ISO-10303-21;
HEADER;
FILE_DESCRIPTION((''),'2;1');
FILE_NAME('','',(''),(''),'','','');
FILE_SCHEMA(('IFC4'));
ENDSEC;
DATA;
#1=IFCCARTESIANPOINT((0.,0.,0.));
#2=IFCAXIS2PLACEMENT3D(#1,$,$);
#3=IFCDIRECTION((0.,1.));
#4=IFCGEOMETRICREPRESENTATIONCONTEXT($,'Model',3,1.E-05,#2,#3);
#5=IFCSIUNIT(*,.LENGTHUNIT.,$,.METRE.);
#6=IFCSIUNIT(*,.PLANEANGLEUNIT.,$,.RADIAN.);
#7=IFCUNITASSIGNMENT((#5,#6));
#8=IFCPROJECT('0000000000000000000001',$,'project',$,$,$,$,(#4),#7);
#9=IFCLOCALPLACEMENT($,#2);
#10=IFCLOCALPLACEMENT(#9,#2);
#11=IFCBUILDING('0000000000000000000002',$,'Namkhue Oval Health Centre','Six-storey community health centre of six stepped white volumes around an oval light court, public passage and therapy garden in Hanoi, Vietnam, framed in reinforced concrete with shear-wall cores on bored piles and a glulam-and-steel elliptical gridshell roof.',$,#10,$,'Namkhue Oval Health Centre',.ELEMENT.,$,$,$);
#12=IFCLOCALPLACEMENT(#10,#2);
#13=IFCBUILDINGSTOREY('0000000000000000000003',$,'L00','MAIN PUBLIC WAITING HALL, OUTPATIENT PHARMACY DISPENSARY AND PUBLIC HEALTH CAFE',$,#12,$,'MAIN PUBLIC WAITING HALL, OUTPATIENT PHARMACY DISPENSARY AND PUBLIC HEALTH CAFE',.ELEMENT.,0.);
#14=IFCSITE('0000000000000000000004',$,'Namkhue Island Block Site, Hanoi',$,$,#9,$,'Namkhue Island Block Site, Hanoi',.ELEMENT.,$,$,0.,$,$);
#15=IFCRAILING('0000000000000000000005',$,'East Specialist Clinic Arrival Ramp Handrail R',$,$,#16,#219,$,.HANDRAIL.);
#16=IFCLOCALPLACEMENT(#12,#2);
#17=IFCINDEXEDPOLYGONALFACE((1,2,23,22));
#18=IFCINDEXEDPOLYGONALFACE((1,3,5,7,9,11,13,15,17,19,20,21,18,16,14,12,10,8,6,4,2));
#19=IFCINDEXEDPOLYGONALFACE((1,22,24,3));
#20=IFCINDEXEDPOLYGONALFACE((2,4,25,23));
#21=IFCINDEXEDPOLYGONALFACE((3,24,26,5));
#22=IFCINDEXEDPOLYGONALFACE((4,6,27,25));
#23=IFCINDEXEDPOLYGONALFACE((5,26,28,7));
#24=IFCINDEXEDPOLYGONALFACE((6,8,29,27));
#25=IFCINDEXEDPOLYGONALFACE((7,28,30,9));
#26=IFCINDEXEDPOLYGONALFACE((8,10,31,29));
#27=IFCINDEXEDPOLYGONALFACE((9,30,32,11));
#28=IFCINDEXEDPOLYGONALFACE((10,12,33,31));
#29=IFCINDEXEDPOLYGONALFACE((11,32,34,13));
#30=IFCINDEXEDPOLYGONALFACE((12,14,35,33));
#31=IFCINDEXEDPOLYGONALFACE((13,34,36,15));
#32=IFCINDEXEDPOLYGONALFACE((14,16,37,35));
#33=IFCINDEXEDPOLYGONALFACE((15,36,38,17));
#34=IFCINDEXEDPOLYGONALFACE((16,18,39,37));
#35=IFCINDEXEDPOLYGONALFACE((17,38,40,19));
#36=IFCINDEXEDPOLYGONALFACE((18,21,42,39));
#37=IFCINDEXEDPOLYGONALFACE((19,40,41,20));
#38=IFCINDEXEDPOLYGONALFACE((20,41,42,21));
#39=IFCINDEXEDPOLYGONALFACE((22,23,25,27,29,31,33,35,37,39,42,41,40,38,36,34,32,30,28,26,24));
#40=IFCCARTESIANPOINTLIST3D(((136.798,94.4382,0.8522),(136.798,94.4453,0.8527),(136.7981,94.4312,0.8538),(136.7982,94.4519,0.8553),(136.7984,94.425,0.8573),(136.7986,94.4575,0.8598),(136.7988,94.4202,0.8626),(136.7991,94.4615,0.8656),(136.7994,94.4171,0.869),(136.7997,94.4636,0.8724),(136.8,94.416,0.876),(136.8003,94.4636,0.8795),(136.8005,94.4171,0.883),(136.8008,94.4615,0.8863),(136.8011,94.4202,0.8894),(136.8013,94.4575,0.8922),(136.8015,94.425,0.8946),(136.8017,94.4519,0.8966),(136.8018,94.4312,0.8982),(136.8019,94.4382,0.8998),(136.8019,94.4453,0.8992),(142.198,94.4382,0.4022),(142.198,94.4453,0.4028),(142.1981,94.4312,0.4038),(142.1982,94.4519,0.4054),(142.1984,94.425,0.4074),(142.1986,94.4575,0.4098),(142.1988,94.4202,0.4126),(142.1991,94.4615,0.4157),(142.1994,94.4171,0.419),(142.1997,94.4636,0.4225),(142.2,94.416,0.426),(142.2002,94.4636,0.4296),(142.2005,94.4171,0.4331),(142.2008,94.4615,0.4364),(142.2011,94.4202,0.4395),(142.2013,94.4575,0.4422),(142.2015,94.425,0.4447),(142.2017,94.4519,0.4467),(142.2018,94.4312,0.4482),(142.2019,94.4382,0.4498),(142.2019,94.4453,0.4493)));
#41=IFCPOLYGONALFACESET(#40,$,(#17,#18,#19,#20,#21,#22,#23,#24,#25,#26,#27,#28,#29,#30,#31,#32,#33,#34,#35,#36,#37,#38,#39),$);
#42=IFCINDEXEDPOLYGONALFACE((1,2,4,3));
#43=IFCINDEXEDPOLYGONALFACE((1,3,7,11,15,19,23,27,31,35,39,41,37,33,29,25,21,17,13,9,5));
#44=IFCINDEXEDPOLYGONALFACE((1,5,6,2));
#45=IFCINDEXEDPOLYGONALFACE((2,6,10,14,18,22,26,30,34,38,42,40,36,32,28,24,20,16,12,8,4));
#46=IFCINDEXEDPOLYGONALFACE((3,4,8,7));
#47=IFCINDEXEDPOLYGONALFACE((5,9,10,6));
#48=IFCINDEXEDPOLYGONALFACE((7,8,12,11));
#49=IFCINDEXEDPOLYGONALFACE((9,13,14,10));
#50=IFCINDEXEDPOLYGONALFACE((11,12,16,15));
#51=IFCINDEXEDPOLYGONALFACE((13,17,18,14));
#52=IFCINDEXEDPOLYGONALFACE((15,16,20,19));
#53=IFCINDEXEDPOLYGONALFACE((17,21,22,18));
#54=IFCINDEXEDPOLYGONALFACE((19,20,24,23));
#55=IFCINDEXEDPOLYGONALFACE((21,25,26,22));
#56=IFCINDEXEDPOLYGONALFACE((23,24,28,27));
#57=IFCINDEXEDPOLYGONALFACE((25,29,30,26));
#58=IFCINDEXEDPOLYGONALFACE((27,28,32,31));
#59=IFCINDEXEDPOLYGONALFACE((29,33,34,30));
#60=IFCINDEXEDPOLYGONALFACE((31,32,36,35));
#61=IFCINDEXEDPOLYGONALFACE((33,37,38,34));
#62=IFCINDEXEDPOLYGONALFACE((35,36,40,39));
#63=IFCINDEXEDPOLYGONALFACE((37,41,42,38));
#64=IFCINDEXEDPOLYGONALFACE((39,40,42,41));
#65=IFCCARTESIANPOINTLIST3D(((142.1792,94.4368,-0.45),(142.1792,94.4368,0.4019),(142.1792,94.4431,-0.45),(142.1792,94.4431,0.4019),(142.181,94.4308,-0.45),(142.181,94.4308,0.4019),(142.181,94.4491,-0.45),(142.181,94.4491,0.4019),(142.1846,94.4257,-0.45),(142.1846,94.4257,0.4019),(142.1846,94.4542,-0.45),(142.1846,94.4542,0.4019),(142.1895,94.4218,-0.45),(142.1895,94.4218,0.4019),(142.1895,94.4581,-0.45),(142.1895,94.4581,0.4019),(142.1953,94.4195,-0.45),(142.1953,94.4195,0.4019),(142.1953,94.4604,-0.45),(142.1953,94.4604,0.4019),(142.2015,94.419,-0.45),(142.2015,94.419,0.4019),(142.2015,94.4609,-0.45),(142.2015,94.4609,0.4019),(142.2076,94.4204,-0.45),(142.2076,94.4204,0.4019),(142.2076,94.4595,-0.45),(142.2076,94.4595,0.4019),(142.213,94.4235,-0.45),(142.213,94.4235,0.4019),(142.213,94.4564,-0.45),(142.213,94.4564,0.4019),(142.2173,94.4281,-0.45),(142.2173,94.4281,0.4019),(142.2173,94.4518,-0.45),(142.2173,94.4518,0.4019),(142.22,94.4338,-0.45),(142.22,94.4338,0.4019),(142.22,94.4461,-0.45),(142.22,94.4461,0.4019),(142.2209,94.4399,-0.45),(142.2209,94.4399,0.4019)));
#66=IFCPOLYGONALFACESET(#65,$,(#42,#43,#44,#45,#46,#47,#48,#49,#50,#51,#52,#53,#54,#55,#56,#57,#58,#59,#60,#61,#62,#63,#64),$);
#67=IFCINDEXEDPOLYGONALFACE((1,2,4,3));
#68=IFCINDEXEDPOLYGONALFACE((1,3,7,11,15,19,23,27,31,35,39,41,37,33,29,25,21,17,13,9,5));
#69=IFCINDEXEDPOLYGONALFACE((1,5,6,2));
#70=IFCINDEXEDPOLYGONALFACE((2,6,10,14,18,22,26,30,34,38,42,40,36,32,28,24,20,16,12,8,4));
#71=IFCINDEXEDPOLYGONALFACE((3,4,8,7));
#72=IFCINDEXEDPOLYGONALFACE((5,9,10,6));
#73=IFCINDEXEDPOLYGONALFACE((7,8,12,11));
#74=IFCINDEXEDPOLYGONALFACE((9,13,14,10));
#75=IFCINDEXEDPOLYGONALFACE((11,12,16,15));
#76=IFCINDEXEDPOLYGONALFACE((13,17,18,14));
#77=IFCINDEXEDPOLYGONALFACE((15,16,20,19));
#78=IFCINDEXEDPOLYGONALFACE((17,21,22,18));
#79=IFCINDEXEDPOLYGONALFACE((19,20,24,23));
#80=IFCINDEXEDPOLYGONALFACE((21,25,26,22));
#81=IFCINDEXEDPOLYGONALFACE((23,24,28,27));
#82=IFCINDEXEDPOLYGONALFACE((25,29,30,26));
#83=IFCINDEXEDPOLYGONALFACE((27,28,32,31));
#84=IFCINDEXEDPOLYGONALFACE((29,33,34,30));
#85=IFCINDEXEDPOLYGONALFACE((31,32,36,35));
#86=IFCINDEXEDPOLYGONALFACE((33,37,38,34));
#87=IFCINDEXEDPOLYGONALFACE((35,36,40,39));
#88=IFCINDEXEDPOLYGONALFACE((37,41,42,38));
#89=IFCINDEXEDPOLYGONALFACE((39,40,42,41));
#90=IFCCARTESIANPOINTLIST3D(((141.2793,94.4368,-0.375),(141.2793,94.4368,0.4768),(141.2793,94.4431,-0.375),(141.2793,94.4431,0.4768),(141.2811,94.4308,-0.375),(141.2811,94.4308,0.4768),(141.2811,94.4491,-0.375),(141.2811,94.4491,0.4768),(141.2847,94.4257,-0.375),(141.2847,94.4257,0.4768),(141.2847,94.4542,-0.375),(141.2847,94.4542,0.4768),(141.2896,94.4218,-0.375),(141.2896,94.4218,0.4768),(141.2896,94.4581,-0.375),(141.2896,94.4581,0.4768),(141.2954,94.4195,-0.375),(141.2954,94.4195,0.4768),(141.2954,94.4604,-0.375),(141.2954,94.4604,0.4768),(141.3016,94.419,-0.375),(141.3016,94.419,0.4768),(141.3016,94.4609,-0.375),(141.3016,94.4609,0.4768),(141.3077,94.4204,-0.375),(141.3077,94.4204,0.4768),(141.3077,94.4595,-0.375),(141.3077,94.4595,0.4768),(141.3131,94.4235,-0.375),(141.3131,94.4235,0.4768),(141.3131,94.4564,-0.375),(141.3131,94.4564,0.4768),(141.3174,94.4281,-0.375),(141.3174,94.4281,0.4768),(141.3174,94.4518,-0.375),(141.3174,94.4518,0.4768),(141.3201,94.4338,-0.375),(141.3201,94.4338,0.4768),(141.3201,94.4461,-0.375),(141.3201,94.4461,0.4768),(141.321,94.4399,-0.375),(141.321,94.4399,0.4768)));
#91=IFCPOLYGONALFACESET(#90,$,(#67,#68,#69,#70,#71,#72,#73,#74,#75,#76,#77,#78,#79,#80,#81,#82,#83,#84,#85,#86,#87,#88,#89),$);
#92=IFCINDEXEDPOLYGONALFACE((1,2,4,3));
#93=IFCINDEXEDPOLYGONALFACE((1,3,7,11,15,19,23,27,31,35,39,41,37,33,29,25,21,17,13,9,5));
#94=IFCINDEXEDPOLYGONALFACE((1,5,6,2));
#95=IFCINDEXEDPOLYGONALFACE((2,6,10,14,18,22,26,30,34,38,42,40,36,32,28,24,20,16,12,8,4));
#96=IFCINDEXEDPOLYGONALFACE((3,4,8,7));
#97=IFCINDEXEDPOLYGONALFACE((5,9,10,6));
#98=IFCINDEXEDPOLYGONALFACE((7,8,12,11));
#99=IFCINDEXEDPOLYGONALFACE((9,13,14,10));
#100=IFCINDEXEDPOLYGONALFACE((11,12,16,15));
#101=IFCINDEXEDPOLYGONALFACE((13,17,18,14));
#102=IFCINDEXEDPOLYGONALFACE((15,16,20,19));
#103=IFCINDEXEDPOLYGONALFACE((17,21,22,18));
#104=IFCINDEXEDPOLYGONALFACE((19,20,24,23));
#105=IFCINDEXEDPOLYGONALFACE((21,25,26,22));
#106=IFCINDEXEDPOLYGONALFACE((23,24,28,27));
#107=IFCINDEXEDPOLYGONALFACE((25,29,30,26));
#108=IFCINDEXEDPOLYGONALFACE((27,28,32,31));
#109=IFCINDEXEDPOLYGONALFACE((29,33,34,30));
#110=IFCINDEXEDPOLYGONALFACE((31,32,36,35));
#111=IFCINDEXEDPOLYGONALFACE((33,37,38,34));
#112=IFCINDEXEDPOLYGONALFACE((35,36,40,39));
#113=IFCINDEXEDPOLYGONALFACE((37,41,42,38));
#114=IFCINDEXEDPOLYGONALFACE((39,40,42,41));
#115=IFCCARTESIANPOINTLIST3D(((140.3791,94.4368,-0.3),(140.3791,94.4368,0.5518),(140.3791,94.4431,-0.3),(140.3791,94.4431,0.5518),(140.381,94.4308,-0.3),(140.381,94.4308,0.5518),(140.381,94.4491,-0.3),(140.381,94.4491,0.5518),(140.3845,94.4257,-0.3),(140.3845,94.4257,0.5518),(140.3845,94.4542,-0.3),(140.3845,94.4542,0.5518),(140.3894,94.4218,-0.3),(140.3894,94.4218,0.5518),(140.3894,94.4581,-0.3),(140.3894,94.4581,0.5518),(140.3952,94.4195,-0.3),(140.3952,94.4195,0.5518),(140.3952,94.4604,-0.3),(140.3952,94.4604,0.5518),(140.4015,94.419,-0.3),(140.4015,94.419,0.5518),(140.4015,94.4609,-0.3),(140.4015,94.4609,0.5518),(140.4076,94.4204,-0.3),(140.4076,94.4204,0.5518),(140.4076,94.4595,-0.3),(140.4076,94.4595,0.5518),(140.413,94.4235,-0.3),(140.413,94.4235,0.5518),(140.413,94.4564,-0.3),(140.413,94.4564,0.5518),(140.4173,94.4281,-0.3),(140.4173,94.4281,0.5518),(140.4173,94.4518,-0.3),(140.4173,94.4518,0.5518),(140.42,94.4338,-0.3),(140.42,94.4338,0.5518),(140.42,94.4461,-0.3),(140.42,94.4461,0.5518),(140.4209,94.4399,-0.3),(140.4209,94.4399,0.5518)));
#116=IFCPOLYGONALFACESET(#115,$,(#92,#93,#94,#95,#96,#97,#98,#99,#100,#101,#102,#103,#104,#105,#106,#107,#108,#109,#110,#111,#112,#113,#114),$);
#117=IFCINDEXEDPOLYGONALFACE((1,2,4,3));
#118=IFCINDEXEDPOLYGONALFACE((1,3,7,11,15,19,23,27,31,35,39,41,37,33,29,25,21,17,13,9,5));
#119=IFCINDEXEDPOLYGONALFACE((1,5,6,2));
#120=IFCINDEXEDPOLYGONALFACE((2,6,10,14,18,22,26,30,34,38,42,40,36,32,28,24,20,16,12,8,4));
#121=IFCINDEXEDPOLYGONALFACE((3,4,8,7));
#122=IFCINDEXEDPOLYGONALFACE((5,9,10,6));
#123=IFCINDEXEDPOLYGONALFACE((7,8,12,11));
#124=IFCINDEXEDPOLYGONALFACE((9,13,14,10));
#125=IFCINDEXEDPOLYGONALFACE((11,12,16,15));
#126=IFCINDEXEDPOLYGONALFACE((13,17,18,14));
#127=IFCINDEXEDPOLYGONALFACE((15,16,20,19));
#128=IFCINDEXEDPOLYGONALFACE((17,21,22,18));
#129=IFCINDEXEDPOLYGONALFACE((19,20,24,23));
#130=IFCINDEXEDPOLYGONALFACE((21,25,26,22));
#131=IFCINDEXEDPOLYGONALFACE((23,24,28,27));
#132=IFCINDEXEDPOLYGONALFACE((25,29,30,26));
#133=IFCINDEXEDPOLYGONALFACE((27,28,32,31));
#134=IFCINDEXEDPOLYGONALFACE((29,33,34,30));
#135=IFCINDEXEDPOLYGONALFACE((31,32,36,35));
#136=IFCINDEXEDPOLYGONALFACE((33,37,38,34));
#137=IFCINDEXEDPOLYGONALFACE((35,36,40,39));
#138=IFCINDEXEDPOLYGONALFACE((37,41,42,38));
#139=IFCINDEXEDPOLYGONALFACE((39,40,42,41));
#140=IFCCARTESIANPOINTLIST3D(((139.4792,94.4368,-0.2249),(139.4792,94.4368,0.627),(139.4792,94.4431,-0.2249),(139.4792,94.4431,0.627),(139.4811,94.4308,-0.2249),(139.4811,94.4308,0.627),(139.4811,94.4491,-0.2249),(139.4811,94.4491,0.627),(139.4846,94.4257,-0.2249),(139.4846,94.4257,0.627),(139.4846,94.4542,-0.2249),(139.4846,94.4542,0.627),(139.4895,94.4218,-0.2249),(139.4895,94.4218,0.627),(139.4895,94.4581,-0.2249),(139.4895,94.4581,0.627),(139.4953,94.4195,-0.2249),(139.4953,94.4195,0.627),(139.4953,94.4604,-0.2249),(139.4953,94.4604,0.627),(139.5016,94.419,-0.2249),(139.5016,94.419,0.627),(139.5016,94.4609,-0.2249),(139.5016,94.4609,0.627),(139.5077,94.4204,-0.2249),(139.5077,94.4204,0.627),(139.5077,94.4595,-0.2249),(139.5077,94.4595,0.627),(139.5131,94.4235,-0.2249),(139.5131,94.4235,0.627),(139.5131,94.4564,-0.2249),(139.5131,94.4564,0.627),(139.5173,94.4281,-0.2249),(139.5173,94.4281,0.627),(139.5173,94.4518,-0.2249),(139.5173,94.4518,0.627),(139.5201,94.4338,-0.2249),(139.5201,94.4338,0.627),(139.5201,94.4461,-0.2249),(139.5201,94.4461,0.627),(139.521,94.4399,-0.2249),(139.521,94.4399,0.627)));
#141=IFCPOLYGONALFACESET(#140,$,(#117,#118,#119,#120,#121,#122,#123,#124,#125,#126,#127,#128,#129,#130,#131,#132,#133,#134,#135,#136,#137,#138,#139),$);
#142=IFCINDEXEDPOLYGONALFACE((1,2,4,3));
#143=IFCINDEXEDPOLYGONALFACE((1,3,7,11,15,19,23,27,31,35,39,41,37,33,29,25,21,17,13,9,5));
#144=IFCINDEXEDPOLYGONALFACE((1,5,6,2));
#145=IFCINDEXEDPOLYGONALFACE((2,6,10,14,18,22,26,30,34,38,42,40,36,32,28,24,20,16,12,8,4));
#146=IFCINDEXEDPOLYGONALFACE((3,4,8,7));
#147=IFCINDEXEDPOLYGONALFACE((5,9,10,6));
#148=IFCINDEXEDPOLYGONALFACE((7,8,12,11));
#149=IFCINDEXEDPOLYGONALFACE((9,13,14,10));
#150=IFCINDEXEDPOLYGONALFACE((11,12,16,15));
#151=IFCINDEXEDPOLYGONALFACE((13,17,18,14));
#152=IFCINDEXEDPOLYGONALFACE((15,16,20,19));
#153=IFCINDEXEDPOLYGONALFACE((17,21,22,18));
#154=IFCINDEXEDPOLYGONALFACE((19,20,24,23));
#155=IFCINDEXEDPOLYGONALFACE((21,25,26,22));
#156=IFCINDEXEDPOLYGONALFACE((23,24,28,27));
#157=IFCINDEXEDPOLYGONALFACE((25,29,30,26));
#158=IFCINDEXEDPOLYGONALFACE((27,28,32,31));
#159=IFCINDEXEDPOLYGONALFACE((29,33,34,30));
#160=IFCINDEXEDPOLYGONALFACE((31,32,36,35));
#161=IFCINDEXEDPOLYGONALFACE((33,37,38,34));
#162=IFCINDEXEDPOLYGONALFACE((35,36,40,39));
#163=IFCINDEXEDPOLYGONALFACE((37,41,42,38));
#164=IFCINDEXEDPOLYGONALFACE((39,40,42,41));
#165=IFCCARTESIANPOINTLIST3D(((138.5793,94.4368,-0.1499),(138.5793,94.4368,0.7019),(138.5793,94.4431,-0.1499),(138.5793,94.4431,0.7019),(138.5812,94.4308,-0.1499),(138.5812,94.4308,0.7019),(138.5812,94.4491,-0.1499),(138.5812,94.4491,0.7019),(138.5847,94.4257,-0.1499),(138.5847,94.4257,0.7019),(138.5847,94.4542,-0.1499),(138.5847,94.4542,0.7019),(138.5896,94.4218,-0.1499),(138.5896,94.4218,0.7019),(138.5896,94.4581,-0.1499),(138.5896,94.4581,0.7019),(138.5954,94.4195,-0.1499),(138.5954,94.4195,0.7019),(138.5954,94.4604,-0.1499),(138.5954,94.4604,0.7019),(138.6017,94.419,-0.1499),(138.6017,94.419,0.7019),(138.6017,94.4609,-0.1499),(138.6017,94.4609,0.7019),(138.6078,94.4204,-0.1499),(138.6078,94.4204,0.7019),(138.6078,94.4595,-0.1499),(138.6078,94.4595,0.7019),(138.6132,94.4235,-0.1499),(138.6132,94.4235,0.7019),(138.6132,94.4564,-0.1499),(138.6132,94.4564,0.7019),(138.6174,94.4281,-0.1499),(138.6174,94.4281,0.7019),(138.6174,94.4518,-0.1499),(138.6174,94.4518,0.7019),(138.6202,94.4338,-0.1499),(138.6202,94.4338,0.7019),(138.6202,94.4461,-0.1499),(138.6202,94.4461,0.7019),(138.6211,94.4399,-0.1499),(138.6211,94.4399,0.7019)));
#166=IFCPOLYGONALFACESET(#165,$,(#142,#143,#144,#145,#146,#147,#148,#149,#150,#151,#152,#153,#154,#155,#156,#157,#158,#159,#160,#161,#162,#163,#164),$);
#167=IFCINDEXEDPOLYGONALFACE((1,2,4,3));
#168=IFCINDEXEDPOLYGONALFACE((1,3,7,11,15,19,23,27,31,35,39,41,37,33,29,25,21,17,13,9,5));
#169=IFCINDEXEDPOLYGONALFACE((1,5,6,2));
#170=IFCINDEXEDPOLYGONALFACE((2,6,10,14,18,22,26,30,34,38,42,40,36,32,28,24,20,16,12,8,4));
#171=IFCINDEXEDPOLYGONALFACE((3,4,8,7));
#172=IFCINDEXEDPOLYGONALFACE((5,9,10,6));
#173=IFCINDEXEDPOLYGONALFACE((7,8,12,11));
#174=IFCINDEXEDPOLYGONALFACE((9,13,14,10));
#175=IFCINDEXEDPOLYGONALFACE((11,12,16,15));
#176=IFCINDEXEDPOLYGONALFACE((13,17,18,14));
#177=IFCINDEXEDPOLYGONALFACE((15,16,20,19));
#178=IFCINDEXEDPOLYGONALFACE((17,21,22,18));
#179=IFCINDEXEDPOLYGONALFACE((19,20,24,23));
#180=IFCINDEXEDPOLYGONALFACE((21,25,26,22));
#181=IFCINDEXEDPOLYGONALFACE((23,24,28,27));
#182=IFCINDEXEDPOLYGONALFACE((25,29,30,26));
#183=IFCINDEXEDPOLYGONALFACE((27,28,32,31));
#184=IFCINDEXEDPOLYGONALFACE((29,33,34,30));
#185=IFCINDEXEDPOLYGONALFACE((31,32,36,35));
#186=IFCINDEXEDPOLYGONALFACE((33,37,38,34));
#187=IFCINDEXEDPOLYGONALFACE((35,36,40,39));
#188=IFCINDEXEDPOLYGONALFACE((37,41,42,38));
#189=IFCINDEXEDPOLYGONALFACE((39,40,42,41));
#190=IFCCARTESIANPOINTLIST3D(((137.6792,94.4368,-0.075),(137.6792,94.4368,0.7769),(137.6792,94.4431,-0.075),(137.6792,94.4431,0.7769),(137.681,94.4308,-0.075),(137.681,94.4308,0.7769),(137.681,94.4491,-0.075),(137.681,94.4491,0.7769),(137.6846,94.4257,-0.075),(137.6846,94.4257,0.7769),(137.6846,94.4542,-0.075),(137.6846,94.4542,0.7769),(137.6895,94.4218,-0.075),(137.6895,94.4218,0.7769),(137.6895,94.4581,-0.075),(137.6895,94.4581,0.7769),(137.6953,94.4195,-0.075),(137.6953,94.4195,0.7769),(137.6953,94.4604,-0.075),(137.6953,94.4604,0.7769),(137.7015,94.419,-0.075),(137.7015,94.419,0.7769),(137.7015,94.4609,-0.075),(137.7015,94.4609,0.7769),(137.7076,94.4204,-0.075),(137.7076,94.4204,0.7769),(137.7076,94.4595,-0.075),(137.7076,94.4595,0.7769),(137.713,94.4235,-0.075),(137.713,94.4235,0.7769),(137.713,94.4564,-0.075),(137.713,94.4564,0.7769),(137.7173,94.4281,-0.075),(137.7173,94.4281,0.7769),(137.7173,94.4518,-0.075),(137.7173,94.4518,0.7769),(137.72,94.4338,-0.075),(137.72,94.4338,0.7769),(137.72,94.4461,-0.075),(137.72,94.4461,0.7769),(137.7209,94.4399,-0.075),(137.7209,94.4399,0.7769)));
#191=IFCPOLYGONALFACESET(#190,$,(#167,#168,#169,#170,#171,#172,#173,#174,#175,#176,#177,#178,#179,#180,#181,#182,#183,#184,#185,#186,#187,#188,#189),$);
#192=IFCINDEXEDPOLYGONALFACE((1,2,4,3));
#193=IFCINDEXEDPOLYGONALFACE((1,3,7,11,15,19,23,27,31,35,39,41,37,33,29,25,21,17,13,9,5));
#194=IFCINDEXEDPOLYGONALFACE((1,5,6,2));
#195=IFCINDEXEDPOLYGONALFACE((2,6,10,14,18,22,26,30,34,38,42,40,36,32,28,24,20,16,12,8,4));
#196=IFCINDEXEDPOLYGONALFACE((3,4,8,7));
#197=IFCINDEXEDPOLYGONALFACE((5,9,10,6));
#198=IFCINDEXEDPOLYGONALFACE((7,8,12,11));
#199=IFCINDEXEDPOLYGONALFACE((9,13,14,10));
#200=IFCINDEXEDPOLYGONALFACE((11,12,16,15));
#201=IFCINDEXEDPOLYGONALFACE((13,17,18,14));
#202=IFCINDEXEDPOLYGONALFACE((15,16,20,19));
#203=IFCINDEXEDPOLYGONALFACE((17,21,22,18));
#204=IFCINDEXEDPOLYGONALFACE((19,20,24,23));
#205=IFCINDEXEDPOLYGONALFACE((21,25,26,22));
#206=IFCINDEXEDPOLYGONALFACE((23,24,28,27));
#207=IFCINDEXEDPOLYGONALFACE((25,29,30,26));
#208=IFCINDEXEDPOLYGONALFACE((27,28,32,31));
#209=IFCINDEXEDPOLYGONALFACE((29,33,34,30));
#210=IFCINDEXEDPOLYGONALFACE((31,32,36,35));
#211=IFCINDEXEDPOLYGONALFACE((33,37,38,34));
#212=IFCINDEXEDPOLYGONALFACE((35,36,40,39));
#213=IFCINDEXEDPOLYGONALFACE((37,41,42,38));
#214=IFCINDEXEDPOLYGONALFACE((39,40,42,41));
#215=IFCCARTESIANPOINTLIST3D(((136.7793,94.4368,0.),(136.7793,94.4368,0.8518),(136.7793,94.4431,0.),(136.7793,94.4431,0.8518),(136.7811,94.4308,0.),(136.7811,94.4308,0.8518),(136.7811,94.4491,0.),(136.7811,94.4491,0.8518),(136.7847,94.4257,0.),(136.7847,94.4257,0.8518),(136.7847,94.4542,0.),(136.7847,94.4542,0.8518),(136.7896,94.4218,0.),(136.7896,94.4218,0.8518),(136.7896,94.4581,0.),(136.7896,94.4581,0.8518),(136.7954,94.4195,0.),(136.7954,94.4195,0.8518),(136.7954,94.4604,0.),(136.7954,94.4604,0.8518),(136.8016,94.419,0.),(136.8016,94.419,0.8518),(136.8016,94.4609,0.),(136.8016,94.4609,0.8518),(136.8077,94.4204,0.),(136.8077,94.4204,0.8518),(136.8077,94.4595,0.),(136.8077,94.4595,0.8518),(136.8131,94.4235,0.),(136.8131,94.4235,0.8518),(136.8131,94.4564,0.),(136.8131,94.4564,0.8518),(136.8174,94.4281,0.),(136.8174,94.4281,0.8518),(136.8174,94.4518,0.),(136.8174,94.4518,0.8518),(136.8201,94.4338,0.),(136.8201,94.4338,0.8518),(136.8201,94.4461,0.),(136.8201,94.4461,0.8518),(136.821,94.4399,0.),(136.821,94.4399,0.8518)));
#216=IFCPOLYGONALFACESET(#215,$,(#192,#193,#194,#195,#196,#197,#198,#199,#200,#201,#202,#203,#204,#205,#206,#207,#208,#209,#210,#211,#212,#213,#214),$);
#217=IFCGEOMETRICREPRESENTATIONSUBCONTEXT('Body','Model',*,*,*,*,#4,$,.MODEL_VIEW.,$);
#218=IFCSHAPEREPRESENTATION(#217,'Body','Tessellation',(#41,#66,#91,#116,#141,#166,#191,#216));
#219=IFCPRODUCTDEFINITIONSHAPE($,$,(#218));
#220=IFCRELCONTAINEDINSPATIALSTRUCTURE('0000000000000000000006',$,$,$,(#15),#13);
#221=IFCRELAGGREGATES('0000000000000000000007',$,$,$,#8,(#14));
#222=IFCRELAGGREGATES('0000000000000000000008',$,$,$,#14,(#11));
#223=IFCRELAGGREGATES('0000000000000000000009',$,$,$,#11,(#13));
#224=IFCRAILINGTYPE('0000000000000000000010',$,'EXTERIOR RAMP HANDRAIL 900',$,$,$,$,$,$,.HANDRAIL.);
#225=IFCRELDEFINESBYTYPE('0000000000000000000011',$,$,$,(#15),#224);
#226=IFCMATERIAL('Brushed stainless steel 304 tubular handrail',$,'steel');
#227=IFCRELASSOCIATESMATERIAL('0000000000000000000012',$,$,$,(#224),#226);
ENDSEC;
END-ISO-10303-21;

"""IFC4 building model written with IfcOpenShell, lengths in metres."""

from ifc_helpers import new_model, si_unit, direction, frame, origin, origin_2d, place, context, subcontext, project, spatial, circle, extrude, material, type_object, element, save


model = new_model("IFC4")

# Units and contexts
model_context = context("Model", 3, precision=1e-05, world=origin(), true_north=direction((0.0, 1.0)))
body_context = subcontext(model_context, "Body", "Model", "MODEL_VIEW")
ifc_project = project(units=[si_unit("LENGTHUNIT", "METRE"), si_unit("PLANEANGLEUNIT", "RADIAN")], contexts=[model_context])

# Site, building, storey
site_placement = place(None, origin())
site = spatial("IfcSite", under=ifc_project, at=site_placement, Name="Namkhue Island Block Site, Hanoi", LongName="Namkhue Island Block Site, Hanoi", CompositionType="ELEMENT", RefElevation=0.0)
building_placement = place(site_placement, origin())
building = spatial("IfcBuilding", under=site, at=building_placement, Name="Namkhue Oval Health Centre", Description="Six-storey community health centre of six stepped white volumes around an oval light court, public passage and therapy garden in Hanoi, Vietnam, framed in reinforced concrete with shear-wall cores on bored piles and a glulam-and-steel elliptical gridshell roof.", LongName="Namkhue Oval Health Centre", CompositionType="ELEMENT")
storey_placement = place(building_placement, origin())
storey = spatial("IfcBuildingStorey", under=building, at=storey_placement, Name="L00", Description="MAIN PUBLIC WAITING HALL, OUTPATIENT PHARMACY DISPENSARY AND PUBLIC HEALTH CAFE", LongName="MAIN PUBLIC WAITING HALL, OUTPATIENT PHARMACY DISPENSARY AND PUBLIC HEALTH CAFE", CompositionType="ELEMENT", Elevation=0.0)

# Railing
ifc_material_1 = material(Name="Brushed stainless steel 304 tubular handrail", Category="steel")
railing_type = type_object("IfcRailingType", Name="EXTERIOR RAMP HANDRAIL 900", PredefinedType="HANDRAIL", material=ifc_material_1)
for number, where, name in (
    (1, (142.2, 94.4399, -0.45), "East Specialist Clinic Arrival Ramp Handrail R"),
):
    element("IfcRailing", number, at=place(storey_placement, frame(where)), inside=storey, type_object=railing_type, Name=name, PredefinedType="HANDRAIL", context=body_context, shape_type="SweptSolid", body=[
        extrude(circle(Radius=0.0239, at=origin_2d()), frame((0.0, 0.0, 0.876), z_axis=(-0.996546, 0.0, 0.083038), x_axis=(0.0, -1.0, 0.0)), (0.0, 0.0, 1.0), 5.4187),
        extrude(circle(Radius=0.021, at=origin_2d()), origin(), (0.0, 0.0, 1.0), 0.8518),
        extrude(circle(Radius=0.021, at=origin_2d()), frame((-0.8999, 0.0, 0.075)), (0.0, 0.0, 1.0), 0.8518),
        extrude(circle(Radius=0.021, at=origin_2d()), frame((-1.8, 0.0, 0.1499)), (0.0, 0.0, 1.0), 0.8518),
        extrude(circle(Radius=0.021, at=origin_2d()), frame((-2.7, 0.0, 0.2251)), (0.0, 0.0, 1.0), 0.8518),
        extrude(circle(Radius=0.021, at=origin_2d()), frame((-3.5999, 0.0, 0.3)), (0.0, 0.0, 1.0), 0.8518),
        extrude(circle(Radius=0.021, at=origin_2d()), frame((-4.5, 0.0, 0.375)), (0.0, 0.0, 1.0), 0.8518),
        extrude(circle(Radius=0.021, at=origin_2d()), frame((-5.3999, 0.0, 0.45)), (0.0, 0.0, 1.0), 0.8518),
    ])

save(model, "model.ifc")
